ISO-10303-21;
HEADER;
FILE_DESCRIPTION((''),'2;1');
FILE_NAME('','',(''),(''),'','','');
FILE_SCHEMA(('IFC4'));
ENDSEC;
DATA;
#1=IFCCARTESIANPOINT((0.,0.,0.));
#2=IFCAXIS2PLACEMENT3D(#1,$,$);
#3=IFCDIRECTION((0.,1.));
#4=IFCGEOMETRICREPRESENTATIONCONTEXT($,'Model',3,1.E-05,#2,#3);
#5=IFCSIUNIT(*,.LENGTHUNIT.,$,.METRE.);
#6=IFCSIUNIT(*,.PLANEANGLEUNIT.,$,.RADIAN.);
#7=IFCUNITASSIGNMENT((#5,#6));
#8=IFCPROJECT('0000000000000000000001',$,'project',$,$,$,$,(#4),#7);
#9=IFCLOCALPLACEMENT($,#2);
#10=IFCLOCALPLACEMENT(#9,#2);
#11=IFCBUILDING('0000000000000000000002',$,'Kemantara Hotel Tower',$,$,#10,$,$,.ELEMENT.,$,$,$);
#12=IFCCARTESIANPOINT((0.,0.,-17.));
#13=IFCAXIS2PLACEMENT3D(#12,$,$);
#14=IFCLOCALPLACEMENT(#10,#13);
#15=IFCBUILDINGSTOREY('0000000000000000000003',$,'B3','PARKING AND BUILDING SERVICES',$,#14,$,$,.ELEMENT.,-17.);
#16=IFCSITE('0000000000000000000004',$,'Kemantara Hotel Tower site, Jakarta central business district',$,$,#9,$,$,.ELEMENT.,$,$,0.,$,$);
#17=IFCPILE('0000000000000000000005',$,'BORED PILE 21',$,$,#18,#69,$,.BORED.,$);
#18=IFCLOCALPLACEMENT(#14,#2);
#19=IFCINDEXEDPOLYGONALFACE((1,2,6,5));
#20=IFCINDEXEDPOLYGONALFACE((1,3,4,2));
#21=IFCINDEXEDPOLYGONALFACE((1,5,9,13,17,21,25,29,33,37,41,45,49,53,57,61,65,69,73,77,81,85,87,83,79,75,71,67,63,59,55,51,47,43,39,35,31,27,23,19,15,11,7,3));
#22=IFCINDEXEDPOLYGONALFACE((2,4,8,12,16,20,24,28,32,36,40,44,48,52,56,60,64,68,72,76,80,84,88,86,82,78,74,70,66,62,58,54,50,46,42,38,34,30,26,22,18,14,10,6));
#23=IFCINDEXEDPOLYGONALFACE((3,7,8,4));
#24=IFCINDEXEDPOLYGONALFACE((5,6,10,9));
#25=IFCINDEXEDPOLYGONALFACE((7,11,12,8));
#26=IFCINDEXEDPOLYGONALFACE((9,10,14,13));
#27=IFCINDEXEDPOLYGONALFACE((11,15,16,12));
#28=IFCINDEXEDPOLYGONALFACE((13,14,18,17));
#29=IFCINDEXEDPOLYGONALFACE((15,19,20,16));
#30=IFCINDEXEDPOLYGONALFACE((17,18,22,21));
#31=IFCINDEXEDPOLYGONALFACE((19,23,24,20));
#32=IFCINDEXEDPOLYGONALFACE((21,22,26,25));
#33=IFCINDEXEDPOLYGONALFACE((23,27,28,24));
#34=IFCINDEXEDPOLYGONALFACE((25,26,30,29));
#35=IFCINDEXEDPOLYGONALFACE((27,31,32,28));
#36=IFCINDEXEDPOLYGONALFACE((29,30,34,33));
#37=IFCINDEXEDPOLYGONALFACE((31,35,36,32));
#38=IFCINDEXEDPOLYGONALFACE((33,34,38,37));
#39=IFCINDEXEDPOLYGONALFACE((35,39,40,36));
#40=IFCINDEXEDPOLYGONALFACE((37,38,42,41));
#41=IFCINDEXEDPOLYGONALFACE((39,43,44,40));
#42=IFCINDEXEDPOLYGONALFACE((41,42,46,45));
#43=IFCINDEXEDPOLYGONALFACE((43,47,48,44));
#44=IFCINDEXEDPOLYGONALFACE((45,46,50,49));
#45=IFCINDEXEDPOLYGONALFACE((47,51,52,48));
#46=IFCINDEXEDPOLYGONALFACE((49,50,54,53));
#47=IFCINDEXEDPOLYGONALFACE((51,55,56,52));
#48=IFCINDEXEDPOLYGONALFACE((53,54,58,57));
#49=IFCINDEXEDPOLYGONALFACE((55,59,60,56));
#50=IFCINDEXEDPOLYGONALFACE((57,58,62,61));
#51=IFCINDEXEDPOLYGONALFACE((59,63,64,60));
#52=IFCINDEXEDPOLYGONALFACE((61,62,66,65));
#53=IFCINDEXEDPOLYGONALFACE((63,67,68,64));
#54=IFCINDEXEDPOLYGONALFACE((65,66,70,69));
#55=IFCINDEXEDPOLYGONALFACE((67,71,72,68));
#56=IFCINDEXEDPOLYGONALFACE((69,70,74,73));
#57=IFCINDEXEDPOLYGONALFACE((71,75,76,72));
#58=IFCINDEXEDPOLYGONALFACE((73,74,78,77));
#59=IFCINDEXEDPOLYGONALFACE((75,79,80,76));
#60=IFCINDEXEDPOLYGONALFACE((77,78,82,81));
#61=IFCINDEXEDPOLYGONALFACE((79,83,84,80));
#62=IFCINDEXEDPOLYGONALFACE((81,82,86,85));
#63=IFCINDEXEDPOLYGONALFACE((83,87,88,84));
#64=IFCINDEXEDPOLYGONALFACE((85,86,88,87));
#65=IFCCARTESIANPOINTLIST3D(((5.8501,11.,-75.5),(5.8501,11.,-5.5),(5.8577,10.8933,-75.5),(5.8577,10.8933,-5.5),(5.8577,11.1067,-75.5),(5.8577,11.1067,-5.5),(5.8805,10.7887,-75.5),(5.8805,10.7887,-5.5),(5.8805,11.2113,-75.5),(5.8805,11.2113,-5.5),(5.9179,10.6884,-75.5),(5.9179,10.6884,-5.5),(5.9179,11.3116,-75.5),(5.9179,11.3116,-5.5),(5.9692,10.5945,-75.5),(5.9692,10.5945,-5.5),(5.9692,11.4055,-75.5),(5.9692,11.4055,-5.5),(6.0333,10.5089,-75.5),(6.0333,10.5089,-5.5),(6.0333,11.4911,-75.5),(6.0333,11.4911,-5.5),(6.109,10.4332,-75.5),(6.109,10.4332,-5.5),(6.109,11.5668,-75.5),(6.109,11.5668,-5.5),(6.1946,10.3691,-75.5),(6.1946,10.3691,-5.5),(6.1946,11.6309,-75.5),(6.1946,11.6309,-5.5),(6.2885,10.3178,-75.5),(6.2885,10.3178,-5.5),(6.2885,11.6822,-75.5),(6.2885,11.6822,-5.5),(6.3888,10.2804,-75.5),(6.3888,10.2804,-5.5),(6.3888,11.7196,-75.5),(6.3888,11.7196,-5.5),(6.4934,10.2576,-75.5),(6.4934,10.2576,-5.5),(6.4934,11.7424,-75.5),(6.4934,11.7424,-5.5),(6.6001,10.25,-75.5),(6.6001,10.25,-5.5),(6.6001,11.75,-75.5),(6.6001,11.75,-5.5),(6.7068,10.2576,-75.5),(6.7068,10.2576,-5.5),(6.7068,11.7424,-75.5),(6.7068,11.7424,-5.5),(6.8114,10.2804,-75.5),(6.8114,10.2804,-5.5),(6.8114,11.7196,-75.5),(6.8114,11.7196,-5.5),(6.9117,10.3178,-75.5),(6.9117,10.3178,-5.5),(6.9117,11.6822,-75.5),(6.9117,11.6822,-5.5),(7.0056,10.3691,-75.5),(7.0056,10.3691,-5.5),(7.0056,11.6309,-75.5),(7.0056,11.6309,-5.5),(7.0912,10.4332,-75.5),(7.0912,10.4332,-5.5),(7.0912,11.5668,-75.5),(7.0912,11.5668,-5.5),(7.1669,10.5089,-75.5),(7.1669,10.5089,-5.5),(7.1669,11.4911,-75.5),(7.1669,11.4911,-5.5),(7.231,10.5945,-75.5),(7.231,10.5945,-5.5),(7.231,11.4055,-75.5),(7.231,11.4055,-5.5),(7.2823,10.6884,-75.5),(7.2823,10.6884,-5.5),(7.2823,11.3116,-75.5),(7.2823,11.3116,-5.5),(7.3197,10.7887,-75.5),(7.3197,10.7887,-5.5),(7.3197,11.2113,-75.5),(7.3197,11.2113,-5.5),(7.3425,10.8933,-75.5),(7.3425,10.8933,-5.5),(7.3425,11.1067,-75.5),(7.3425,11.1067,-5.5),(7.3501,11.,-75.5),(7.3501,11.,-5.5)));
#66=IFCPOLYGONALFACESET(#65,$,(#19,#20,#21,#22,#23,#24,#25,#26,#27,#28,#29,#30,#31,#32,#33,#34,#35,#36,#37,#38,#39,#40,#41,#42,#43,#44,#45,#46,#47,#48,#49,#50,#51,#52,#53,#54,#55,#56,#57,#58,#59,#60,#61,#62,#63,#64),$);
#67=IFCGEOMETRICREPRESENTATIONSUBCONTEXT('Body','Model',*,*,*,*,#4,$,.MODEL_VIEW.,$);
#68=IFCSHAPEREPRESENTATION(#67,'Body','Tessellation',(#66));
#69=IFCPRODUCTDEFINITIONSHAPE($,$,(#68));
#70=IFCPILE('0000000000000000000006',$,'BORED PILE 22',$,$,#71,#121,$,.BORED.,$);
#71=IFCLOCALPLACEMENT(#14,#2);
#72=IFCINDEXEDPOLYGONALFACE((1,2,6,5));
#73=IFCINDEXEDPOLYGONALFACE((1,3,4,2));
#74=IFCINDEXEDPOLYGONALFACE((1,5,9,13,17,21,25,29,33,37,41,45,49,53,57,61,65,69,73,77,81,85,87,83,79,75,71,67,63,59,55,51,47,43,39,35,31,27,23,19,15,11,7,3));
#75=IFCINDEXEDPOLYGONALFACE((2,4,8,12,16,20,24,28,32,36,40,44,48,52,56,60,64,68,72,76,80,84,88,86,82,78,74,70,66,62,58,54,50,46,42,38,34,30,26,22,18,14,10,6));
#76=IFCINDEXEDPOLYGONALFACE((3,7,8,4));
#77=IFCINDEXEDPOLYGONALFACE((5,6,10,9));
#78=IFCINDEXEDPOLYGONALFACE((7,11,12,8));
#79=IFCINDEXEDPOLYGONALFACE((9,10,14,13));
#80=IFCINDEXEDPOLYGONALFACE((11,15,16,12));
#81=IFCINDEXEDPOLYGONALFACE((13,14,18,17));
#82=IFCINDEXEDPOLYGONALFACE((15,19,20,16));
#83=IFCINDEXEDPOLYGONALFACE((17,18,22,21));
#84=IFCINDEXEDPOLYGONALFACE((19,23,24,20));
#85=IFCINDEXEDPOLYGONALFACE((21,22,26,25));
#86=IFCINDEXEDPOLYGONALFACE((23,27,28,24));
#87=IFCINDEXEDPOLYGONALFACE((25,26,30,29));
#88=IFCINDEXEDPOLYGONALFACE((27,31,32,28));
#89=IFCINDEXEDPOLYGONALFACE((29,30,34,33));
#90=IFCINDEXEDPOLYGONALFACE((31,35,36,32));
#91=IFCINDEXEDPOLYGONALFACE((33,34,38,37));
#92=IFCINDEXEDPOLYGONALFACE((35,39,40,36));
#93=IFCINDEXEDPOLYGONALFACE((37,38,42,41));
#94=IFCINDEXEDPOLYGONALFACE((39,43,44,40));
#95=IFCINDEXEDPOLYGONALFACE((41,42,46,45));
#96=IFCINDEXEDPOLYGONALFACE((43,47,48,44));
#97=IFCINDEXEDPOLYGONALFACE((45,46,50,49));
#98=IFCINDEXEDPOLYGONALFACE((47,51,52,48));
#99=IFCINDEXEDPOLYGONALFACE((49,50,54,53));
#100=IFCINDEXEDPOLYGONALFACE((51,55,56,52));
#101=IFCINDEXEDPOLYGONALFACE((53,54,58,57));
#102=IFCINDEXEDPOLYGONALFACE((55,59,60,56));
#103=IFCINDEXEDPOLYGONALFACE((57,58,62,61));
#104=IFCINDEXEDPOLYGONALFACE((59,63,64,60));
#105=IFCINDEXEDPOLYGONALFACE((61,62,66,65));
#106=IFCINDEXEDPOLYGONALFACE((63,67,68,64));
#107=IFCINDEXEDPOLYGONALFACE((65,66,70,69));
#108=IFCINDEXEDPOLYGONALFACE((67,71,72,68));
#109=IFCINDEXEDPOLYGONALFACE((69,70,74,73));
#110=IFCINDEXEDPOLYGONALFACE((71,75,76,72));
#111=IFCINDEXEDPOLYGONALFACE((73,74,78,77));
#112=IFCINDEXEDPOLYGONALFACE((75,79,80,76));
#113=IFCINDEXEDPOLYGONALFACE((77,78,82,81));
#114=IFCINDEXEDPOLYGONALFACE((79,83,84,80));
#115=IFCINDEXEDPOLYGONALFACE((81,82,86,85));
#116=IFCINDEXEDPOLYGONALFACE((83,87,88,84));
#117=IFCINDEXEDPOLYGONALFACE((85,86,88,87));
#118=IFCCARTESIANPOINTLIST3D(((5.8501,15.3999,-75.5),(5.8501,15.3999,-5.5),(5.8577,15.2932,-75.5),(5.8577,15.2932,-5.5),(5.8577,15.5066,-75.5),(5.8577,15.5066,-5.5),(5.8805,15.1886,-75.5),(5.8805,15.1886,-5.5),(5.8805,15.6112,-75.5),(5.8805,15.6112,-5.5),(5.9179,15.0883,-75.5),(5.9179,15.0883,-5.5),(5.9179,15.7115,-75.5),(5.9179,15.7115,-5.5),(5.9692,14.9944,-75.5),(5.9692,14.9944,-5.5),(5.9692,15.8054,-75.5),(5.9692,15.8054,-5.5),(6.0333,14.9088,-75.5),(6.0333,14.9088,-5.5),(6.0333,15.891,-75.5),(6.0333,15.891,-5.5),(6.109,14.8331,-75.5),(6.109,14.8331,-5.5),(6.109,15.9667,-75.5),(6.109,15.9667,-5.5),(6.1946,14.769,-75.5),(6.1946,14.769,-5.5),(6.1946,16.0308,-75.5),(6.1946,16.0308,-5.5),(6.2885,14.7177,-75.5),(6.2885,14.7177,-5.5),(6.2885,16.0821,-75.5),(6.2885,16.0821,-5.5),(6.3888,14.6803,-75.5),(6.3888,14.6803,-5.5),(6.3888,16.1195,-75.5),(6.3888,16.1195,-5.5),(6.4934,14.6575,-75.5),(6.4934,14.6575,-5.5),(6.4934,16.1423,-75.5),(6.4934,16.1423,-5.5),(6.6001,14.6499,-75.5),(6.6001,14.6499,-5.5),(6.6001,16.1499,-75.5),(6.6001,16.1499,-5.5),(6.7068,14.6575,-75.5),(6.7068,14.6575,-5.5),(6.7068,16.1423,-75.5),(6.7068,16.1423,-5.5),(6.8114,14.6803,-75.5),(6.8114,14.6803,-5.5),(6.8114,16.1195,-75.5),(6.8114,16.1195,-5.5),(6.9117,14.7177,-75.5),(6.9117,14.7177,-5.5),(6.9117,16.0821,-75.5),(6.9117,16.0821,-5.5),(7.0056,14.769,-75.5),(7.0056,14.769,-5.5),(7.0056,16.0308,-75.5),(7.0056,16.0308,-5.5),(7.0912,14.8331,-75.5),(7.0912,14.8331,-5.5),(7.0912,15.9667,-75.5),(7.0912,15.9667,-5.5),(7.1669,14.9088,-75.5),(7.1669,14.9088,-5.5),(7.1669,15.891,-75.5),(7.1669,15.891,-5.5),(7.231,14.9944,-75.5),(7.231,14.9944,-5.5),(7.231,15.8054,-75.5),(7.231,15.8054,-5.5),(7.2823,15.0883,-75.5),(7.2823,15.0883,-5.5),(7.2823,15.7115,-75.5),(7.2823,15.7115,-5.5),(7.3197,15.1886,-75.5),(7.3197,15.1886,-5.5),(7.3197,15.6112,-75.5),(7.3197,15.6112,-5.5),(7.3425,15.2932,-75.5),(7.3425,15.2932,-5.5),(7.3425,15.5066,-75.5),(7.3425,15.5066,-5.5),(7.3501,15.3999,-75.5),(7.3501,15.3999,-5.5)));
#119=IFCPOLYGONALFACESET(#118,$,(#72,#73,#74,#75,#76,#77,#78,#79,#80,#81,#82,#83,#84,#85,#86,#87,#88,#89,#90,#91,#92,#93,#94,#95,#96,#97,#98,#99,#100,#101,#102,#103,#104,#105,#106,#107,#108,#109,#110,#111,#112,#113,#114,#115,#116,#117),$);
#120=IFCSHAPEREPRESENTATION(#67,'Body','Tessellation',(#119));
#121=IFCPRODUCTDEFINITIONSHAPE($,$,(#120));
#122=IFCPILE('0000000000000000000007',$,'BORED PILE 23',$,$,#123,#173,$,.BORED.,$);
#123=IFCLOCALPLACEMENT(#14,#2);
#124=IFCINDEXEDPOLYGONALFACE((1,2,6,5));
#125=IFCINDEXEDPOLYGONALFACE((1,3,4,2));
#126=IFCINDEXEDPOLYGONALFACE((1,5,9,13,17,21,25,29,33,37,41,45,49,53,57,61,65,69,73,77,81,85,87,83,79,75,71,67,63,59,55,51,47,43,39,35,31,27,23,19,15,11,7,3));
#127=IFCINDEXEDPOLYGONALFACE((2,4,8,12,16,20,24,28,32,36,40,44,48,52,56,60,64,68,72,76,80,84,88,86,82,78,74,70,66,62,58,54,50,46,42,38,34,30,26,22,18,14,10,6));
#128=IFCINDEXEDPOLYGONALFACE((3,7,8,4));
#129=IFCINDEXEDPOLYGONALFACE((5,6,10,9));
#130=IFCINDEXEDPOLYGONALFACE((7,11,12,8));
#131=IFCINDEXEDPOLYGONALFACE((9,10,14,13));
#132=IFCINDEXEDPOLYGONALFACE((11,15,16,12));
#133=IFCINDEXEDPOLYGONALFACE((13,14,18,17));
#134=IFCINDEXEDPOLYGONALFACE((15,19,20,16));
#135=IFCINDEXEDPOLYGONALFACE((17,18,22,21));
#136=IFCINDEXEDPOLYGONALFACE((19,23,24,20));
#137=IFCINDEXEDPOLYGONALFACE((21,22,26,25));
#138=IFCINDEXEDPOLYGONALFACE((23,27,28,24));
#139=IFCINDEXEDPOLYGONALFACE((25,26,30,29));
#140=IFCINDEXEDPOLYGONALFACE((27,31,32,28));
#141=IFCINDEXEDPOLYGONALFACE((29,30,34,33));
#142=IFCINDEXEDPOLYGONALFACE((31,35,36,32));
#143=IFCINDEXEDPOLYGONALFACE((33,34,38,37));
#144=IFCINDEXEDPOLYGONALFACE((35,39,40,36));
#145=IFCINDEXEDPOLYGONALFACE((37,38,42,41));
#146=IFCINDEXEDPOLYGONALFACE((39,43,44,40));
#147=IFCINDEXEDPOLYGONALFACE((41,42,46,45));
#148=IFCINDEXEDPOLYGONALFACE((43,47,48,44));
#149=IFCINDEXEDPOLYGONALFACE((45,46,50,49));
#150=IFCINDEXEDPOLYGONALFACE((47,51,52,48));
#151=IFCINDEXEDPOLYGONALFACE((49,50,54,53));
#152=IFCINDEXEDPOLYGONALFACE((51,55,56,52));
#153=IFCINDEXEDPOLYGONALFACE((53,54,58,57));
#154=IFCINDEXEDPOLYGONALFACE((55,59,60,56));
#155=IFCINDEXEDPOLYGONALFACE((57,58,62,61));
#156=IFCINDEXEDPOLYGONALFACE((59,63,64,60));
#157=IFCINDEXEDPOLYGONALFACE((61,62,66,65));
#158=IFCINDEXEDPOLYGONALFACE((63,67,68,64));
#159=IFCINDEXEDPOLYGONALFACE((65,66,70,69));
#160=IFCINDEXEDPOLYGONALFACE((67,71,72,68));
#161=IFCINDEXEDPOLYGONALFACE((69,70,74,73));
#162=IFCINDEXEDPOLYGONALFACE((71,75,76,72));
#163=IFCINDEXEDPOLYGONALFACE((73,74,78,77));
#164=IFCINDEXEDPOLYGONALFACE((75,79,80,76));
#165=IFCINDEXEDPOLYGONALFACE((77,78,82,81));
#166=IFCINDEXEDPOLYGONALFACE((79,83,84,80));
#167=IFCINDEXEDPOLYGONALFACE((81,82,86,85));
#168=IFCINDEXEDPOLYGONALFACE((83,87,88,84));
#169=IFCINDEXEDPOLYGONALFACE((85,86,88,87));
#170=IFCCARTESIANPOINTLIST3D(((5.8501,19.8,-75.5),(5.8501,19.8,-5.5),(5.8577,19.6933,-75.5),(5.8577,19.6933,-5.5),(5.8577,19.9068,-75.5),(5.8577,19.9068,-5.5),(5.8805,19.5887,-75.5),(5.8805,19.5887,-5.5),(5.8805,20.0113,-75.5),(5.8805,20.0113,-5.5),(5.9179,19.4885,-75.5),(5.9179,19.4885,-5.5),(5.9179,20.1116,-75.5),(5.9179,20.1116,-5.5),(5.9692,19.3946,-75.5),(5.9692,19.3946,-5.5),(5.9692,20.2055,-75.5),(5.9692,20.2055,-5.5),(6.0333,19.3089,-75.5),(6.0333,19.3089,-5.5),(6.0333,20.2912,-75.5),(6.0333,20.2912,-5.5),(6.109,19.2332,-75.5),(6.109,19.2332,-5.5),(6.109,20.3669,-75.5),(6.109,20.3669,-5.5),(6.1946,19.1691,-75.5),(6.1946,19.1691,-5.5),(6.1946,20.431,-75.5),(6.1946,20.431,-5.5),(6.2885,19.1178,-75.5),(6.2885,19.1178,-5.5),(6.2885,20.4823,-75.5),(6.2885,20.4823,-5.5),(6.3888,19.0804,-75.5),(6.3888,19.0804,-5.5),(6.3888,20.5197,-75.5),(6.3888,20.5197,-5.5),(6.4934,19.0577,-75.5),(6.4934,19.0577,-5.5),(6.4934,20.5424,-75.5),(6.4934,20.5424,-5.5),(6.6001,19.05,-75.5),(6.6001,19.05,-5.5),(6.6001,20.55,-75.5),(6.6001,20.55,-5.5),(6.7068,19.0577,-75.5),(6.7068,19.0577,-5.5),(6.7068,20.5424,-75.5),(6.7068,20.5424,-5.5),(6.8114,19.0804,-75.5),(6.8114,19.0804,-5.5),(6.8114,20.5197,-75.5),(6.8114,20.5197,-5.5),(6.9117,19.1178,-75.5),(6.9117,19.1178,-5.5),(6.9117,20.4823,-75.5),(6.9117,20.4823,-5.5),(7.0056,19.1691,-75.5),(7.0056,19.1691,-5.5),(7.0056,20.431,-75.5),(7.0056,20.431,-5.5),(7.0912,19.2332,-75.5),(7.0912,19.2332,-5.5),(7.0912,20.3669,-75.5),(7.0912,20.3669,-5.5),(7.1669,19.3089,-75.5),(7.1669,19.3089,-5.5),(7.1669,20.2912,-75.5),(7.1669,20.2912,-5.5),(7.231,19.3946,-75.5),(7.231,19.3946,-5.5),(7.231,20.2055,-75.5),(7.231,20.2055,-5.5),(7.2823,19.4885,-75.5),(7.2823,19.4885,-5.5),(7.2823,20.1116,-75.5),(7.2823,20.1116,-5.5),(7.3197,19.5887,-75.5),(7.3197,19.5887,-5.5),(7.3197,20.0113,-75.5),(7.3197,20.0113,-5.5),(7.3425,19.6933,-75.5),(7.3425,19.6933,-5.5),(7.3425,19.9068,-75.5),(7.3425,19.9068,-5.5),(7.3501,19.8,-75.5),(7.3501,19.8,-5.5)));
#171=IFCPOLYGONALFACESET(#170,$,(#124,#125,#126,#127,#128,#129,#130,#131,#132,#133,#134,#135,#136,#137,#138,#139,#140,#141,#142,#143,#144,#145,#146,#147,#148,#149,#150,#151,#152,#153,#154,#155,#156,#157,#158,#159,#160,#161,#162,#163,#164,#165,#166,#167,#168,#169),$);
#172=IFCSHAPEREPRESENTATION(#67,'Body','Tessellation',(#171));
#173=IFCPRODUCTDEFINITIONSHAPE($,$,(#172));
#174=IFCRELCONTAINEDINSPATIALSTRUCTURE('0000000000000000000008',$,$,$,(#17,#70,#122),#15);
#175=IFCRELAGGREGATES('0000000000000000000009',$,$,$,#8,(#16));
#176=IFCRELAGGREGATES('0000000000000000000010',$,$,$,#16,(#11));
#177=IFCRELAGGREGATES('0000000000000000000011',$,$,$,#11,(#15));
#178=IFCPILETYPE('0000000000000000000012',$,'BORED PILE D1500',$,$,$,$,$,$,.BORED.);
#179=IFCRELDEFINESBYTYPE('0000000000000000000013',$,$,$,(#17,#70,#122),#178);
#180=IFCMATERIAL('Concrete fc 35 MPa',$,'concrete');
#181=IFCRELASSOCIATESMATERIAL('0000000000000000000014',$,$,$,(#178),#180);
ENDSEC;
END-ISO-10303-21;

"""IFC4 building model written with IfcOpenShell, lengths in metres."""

from ifc_helpers import new_model, si_unit, direction, frame, origin, origin_2d, place, context, subcontext, project, spatial, circle, extrude, material, material_profile, profile_set, type_object, element, save


model = new_model("IFC4")

# Units and contexts
model_context = context("Model", 3, precision=1e-05, world=origin(), true_north=direction((0.0, 1.0)))
body_context = subcontext(model_context, "Body", "Model", "MODEL_VIEW")
ifc_project = project(units=[si_unit("LENGTHUNIT", "METRE"), si_unit("PLANEANGLEUNIT", "RADIAN")], contexts=[model_context])

# Site, building, storey
site_placement = place(None, origin())
site = spatial("IfcSite", under=ifc_project, at=site_placement, Name="Kemantara Hotel Tower site, Jakarta central business district", CompositionType="ELEMENT", RefElevation=0.0)
building_placement = place(site_placement, origin())
building = spatial("IfcBuilding", under=site, at=building_placement, Name="Kemantara Hotel Tower", CompositionType="ELEMENT")
storey_placement = place(building_placement, frame((0.0, 0.0, -17.0)))
storey = spatial("IfcBuildingStorey", under=building, at=storey_placement, Name="B3", Description="PARKING AND BUILDING SERVICES", CompositionType="ELEMENT", Elevation=-17.0)

# Piles
ifc_material_1 = material(Name="Concrete fc 35 MPa", Category="concrete")
ifc_material_profile_1 = material_profile(ifc_material_1, circle(Radius=0.75, at=origin_2d()), Name="BORED PILE D1500")
ifc_profile_set_1 = profile_set([ifc_material_profile_1], Name="Concrete fc 35 MPa")
pile_type = type_object("IfcPileType", Name="BORED PILE D1500", PredefinedType="BORED", material=ifc_profile_set_1)
for number, where, z_axis, x_axis, name in (
    (1, (6.6001, 11.0, -5.5), (0.0, 0.0, -1.0), (1.0, 0.0, 0.0), "BORED PILE 21"),
    (2, (6.6001, 15.3999, -5.5), (0.0, 0.0, -1.0), (1.0, 0.0, 0.0), "BORED PILE 22"),
    (3, (6.6001, 19.8, -5.5), (0.0, 0.0, -1.0), (1.0, 0.0, 0.0), "BORED PILE 23"),
):
    element("IfcPile", number, at=place(storey_placement, frame(where, z_axis=z_axis, x_axis=x_axis)), inside=storey, type_object=pile_type, Name=name, PredefinedType="BORED", context=body_context, shape_type="SweptSolid", body=[
        extrude(circle(Radius=0.75, at=origin_2d()), origin(), (0.0, 0.0, 1.0), 70.0),
    ])

save(model, "model.ifc")
